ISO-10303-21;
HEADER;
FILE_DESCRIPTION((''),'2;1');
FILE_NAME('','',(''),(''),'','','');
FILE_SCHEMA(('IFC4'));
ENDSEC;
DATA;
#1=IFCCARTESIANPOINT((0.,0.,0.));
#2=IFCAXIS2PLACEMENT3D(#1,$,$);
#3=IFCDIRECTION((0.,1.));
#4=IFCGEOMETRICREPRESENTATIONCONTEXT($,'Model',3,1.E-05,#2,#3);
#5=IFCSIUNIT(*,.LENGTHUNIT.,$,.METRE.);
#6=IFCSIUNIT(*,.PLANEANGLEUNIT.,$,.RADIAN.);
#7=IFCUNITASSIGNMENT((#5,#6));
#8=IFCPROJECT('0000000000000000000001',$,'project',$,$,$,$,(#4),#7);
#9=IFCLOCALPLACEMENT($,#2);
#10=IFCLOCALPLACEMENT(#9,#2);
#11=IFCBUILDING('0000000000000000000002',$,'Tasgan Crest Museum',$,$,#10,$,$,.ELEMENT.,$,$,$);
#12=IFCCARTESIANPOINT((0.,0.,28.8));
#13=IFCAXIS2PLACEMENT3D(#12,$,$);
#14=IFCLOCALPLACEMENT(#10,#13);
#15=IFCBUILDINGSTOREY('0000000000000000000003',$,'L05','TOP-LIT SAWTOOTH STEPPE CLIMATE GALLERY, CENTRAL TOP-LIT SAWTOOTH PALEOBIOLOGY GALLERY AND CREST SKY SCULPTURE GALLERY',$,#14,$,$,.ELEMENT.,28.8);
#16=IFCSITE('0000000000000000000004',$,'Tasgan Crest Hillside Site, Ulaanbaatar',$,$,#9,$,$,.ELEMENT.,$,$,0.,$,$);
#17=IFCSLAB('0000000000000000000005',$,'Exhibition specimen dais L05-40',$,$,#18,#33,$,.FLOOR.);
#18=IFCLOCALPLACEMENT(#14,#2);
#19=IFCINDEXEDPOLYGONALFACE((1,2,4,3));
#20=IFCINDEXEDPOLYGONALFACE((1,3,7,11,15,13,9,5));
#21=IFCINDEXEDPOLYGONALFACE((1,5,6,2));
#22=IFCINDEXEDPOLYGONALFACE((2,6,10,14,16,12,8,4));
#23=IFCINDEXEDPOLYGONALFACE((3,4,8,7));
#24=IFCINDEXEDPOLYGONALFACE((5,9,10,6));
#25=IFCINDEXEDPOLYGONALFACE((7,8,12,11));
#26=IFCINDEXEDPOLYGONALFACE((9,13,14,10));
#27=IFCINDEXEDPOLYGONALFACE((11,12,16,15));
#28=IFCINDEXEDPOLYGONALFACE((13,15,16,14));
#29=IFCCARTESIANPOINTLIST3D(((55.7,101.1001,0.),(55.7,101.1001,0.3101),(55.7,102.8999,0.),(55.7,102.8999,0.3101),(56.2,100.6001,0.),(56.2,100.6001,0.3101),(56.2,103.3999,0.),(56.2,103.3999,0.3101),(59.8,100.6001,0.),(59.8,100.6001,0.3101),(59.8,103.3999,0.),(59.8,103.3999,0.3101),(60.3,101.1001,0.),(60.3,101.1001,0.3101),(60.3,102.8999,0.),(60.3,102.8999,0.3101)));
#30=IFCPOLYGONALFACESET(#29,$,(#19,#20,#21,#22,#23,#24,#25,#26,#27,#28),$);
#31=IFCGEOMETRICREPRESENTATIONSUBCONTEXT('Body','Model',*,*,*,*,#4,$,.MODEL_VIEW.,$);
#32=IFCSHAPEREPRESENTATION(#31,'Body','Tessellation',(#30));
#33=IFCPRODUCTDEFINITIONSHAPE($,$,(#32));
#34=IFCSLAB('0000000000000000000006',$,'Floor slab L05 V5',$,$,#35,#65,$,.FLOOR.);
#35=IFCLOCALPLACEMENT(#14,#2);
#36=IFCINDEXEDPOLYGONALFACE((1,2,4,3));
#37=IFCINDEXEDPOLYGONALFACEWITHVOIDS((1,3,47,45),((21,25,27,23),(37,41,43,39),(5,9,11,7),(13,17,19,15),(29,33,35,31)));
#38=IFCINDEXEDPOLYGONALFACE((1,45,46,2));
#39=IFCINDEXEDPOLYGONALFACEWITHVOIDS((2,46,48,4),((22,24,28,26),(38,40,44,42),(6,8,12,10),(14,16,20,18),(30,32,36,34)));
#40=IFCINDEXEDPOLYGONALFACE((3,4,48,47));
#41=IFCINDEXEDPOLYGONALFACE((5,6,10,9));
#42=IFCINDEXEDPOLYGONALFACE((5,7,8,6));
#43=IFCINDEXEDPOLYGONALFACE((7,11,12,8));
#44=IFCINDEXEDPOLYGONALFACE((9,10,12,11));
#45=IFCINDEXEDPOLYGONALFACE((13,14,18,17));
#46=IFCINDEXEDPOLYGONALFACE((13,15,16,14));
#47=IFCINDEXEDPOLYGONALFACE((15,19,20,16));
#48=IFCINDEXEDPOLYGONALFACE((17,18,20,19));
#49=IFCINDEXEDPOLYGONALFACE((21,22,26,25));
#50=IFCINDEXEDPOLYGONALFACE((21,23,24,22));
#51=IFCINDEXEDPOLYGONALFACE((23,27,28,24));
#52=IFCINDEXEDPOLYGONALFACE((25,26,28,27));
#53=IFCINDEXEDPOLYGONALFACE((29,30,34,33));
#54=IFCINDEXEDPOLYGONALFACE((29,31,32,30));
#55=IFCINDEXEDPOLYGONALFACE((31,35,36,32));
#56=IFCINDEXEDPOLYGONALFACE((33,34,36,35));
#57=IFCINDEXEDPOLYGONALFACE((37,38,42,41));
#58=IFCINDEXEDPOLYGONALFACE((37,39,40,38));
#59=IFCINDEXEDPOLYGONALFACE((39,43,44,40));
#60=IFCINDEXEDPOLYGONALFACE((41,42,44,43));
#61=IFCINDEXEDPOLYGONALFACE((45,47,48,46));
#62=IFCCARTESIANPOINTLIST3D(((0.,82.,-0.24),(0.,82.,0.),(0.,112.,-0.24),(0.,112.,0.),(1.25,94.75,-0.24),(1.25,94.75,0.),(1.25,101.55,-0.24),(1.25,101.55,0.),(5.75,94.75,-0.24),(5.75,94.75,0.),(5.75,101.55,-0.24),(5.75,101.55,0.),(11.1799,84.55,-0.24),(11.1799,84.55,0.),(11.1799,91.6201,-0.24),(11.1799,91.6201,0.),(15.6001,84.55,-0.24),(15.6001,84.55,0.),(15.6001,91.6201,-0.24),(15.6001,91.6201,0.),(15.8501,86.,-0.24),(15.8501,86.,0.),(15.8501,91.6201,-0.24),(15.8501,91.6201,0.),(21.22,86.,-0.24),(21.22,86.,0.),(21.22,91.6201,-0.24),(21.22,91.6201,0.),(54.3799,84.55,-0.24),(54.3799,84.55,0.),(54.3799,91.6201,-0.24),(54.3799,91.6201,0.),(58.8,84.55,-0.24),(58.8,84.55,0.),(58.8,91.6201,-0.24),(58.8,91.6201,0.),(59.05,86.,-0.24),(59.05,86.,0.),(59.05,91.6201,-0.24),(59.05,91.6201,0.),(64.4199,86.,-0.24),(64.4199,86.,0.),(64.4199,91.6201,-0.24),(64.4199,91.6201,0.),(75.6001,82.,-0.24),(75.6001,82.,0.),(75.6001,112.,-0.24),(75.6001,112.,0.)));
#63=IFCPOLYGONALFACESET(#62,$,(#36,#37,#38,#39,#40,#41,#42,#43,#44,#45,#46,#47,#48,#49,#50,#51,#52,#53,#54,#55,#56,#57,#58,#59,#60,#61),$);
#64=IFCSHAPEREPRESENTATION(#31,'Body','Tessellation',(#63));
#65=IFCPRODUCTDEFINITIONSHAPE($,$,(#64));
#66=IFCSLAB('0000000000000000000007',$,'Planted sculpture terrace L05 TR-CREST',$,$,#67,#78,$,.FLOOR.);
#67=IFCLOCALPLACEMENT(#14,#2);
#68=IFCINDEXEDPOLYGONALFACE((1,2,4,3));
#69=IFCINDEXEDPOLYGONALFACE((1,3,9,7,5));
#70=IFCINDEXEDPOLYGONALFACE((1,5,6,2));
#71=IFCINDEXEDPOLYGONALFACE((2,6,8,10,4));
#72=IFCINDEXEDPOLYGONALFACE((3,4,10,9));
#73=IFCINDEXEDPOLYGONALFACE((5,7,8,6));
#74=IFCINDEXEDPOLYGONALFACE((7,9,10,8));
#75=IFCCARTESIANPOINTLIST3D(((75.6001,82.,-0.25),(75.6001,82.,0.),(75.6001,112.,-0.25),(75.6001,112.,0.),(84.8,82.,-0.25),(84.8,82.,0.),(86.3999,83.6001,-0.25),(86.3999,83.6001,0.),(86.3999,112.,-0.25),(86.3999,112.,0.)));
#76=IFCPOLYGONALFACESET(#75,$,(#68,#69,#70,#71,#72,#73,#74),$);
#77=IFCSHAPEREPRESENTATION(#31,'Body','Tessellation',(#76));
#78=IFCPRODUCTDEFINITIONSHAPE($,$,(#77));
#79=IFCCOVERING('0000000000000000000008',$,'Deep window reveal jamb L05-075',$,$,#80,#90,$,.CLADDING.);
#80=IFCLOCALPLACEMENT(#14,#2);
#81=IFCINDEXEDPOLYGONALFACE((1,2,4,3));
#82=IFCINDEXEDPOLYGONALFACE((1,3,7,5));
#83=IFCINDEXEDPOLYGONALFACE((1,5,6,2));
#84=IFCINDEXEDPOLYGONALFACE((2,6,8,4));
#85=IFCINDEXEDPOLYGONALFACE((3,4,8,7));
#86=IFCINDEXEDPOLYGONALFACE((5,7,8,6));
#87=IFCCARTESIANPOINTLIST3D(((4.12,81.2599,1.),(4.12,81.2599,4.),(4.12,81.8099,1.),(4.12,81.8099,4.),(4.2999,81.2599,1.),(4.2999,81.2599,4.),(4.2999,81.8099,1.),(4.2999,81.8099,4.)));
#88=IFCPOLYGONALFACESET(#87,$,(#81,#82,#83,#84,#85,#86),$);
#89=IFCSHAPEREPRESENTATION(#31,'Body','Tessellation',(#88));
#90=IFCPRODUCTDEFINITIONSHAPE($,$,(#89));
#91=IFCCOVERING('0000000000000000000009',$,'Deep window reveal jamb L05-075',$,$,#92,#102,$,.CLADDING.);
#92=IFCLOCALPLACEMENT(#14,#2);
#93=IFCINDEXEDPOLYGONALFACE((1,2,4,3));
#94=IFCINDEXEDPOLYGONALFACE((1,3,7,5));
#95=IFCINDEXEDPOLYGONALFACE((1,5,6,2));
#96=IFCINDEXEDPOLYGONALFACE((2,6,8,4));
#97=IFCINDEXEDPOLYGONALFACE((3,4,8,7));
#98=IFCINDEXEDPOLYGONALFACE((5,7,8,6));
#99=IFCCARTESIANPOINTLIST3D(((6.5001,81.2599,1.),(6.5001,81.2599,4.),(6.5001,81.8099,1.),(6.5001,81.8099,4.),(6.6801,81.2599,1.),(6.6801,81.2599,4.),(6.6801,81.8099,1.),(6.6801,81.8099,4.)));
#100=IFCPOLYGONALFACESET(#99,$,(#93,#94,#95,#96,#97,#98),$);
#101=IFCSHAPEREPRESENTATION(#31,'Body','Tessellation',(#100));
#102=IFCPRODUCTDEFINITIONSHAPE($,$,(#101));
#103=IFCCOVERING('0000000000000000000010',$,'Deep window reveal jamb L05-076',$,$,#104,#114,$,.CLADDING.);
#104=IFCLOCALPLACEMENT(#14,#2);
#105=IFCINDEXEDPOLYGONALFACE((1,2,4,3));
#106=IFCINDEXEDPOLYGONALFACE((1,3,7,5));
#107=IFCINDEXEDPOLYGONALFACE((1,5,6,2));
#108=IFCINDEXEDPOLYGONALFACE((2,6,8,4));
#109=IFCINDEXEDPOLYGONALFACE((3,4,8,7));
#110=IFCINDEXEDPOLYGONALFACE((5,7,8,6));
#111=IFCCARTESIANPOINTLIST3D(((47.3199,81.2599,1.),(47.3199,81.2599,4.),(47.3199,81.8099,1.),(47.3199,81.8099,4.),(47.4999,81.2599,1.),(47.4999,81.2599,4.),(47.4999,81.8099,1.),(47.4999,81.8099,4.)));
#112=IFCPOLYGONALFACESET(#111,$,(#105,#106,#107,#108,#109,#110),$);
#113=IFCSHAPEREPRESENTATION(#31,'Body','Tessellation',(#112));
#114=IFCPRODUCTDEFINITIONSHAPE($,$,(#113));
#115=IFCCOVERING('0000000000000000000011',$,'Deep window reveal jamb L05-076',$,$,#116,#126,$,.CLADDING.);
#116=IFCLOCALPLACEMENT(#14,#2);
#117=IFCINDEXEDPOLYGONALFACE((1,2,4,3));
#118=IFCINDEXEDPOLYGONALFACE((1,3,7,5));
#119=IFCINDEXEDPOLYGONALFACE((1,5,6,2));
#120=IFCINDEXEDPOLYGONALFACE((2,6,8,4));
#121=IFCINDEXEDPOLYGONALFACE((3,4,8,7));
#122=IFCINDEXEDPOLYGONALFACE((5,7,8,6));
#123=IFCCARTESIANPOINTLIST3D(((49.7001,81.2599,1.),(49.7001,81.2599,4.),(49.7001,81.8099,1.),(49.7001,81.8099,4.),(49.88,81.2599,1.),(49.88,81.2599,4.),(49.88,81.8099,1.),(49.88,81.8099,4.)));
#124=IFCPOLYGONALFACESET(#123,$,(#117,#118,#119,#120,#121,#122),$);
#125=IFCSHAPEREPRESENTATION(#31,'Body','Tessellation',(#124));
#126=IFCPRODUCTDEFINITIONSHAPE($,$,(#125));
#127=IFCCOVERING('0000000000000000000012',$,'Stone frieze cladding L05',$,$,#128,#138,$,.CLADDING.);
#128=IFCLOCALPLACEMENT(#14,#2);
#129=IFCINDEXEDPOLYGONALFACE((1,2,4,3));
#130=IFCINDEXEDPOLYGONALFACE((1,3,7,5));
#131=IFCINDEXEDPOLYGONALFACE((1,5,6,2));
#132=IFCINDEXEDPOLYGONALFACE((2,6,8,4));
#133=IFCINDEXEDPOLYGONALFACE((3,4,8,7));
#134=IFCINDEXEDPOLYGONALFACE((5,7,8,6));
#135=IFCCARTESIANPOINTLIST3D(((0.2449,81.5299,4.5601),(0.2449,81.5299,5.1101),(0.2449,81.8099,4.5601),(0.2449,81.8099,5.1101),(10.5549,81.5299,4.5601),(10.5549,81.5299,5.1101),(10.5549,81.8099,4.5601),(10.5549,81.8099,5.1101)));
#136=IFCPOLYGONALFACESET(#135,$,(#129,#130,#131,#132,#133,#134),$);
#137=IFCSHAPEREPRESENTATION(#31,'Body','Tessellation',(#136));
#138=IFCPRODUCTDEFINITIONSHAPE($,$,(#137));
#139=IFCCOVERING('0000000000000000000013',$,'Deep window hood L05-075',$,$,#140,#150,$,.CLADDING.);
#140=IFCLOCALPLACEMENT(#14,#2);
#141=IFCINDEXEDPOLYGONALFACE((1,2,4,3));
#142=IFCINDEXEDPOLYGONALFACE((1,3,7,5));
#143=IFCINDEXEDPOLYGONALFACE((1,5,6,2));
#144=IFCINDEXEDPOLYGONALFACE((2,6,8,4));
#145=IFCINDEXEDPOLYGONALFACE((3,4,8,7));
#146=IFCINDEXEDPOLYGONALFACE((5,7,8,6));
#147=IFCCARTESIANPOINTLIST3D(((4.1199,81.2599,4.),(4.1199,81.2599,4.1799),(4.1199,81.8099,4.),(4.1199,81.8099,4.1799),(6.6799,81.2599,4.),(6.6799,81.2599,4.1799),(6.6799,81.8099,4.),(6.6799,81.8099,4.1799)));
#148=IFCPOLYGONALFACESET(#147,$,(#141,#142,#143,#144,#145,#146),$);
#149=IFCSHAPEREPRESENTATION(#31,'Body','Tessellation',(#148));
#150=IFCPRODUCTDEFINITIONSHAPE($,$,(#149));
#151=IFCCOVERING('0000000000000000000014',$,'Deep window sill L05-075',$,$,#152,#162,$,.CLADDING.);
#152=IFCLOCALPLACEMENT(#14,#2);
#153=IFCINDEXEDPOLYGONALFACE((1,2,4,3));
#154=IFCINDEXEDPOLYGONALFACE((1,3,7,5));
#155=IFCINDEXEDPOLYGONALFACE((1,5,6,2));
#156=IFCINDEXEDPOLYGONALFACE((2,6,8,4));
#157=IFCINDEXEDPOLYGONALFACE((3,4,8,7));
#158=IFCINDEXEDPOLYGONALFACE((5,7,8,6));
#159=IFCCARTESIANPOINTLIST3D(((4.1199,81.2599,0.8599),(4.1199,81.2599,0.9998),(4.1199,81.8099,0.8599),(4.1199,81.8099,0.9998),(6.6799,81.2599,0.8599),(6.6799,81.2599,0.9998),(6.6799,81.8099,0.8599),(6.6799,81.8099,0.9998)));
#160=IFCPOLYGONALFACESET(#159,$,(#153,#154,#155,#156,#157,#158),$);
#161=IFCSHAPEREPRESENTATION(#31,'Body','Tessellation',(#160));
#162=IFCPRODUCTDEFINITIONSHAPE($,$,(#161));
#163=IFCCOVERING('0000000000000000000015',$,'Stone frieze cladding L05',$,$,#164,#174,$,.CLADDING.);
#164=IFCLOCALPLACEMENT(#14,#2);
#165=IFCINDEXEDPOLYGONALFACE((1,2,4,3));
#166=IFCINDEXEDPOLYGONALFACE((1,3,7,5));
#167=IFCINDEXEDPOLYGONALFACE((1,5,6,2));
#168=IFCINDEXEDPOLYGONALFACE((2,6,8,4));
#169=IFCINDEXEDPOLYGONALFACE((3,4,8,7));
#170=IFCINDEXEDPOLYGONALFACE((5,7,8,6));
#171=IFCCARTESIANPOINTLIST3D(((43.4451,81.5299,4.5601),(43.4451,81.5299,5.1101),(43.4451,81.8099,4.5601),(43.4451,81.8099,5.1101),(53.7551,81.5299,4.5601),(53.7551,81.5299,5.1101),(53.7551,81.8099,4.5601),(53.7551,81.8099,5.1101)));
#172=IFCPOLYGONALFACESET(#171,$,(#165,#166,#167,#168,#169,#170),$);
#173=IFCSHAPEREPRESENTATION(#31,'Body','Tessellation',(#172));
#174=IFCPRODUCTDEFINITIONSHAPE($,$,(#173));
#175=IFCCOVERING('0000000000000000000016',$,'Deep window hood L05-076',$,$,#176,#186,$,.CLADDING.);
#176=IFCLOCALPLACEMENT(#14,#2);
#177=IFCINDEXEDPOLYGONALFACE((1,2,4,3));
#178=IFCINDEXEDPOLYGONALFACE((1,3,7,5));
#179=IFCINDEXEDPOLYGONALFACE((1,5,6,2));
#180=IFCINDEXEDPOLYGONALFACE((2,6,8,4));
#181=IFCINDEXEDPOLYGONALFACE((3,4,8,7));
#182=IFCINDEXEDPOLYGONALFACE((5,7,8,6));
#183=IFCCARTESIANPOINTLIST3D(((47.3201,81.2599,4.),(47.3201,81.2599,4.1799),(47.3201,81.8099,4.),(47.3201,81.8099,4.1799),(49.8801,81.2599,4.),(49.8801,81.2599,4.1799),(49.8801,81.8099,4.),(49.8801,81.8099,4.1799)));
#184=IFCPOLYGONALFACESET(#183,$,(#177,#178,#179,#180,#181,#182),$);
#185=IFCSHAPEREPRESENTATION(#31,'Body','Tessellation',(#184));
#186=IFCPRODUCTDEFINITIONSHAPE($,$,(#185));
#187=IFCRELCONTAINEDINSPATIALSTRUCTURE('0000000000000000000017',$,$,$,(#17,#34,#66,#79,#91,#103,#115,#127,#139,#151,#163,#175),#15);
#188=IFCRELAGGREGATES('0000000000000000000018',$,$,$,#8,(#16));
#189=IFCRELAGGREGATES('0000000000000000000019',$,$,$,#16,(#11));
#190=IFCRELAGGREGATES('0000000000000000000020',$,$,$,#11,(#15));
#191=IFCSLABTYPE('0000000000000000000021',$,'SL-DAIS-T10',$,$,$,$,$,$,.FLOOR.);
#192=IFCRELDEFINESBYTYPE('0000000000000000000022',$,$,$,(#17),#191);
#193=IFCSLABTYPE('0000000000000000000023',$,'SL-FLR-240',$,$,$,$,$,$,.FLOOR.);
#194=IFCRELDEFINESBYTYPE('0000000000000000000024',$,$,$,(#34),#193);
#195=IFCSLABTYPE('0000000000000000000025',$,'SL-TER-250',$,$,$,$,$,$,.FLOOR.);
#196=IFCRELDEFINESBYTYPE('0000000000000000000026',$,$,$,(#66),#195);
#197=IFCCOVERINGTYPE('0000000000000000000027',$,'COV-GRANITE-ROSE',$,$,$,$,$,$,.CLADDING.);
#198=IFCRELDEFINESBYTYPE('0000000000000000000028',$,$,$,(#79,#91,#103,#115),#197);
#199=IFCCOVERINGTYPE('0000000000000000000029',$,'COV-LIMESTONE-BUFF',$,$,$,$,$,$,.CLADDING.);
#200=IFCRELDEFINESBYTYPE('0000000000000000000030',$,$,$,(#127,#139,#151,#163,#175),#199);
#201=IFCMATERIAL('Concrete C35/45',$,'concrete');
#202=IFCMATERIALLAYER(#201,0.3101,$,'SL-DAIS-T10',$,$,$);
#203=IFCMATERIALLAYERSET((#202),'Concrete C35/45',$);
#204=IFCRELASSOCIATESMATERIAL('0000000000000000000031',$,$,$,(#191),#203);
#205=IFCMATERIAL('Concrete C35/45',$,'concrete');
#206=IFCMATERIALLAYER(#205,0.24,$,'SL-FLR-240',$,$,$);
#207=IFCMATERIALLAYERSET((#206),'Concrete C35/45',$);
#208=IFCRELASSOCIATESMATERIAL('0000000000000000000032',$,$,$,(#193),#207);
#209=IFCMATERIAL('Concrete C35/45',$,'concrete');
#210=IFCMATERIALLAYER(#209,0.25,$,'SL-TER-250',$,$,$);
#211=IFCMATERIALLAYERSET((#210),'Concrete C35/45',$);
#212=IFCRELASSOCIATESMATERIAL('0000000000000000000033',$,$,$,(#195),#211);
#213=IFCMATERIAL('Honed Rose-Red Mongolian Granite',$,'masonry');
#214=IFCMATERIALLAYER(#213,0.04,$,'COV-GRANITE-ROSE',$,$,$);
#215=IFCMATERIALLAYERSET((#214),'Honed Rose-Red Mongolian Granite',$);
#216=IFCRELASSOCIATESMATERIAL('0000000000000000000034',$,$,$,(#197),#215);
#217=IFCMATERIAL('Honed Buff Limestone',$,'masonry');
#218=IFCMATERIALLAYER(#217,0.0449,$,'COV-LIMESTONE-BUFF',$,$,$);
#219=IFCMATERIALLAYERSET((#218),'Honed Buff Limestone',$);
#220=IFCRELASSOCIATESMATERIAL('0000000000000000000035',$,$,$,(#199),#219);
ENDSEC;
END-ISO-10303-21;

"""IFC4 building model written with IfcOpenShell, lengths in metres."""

from ifc_helpers import new_model, si_unit, direction, frame, origin, origin_2d, place, context, subcontext, project, spatial, polyline, rectangle, outline, extrude, material, layer, layer_set, type_object, element, save


model = new_model("IFC4")

# Units and contexts
model_context = context("Model", 3, precision=1e-05, world=origin(), true_north=direction((0.0, 1.0)))
body_context = subcontext(model_context, "Body", "Model", "MODEL_VIEW")
ifc_project = project(units=[si_unit("LENGTHUNIT", "METRE"), si_unit("PLANEANGLEUNIT", "RADIAN")], contexts=[model_context])

# Site, building, storey
site_placement = place(None, origin())
site = spatial("IfcSite", under=ifc_project, at=site_placement, Name="Tasgan Crest Hillside Site, Ulaanbaatar", CompositionType="ELEMENT", RefElevation=0.0)
building_placement = place(site_placement, origin())
building = spatial("IfcBuilding", under=site, at=building_placement, Name="Tasgan Crest Museum", CompositionType="ELEMENT")
storey_placement = place(building_placement, frame((0.0, 0.0, 28.8)))
storey = spatial("IfcBuildingStorey", under=building, at=storey_placement, Name="L05", Description="TOP-LIT SAWTOOTH STEPPE CLIMATE GALLERY, CENTRAL TOP-LIT SAWTOOTH PALEOBIOLOGY GALLERY AND CREST SKY SCULPTURE GALLERY", CompositionType="ELEMENT", Elevation=28.8)

# Slabs
ifc_material_1 = material(Name="Concrete C35/45", Category="concrete")
ifc_layer_1 = layer(ifc_material_1, 0.3101, Name="SL-DAIS-T10")
ifc_layer_set_1 = layer_set([ifc_layer_1], Name="Concrete C35/45")
slab_type_1 = type_object("IfcSlabType", Name="SL-DAIS-T10", PredefinedType="FLOOR", material=ifc_layer_set_1)
slab_1_placement = place(storey_placement, origin())
element("IfcSlab", 1, at=slab_1_placement, inside=storey, type_object=slab_type_1, Name="Exhibition specimen dais L05-40", PredefinedType="FLOOR", context=body_context, shape_type="SweptSolid", body=[
    extrude(outline(polyline([(56.2, 100.6001), (59.8, 100.6001), (60.3, 101.1001), (60.3, 102.8999), (59.8, 103.3999), (56.2, 103.3999), (55.7, 102.8999), (55.7, 101.1001), (56.2, 100.6001)])), origin(), (0.0, 0.0, 1.0), 0.3101),
])
ifc_material_2 = material(Name="Concrete C35/45", Category="concrete")
ifc_layer_2 = layer(ifc_material_2, 0.24, Name="SL-FLR-240")
ifc_layer_set_2 = layer_set([ifc_layer_2], Name="Concrete C35/45")
slab_type_2 = type_object("IfcSlabType", Name="SL-FLR-240", PredefinedType="FLOOR", material=ifc_layer_set_2)
slab_2_placement = place(storey_placement, frame((0.0, 0.0, -0.24)))
element("IfcSlab", 2, at=slab_2_placement, inside=storey, type_object=slab_type_2, Name="Floor slab L05 V5", PredefinedType="FLOOR", context=body_context, shape_type="SweptSolid", body=[
    extrude(outline(polyline([(0.0, 82.0), (75.6001, 82.0), (75.6001, 112.0), (0.0, 112.0), (0.0, 82.0)]), holes=[polyline([(11.1799, 84.55), (15.6001, 84.55), (15.6001, 91.6201), (11.1799, 91.6201), (11.1799, 84.55)]), polyline([(15.8501, 86.0), (21.22, 86.0), (21.22, 91.6201), (15.8501, 91.6201), (15.8501, 86.0)]), polyline([(54.3799, 84.55), (58.8, 84.55), (58.8, 91.6201), (54.3799, 91.6201), (54.3799, 84.55)]), polyline([(59.05, 86.0), (64.4199, 86.0), (64.4199, 91.6201), (59.05, 91.6201), (59.05, 86.0)]), polyline([(1.25, 94.75), (5.75, 94.75), (5.75, 101.55), (1.25, 101.55), (1.25, 94.75)])]), origin(), (0.0, 0.0, 1.0), 0.24),
])
ifc_material_3 = material(Name="Concrete C35/45", Category="concrete")
ifc_layer_3 = layer(ifc_material_3, 0.25, Name="SL-TER-250")
ifc_layer_set_3 = layer_set([ifc_layer_3], Name="Concrete C35/45")
slab_type_3 = type_object("IfcSlabType", Name="SL-TER-250", PredefinedType="FLOOR", material=ifc_layer_set_3)
slab_3_placement = place(storey_placement, frame((0.0, 0.0, -0.25)))
element("IfcSlab", 3, at=slab_3_placement, inside=storey, type_object=slab_type_3, Name="Planted sculpture terrace L05 TR-CREST", PredefinedType="FLOOR", context=body_context, shape_type="SweptSolid", body=[
    extrude(outline(polyline([(75.6001, 82.0), (84.8, 82.0), (86.3999, 83.6001), (86.3999, 112.0), (75.6001, 112.0), (75.6001, 82.0)])), origin(), (0.0, 0.0, 1.0), 0.25),
])

# Coverings
ifc_material_4 = material(Name="Honed Rose-Red Mongolian Granite", Category="masonry")
ifc_layer_4 = layer(ifc_material_4, 0.04, Name="COV-GRANITE-ROSE")
ifc_layer_set_4 = layer_set([ifc_layer_4], Name="Honed Rose-Red Mongolian Granite")
covering_type_1 = type_object("IfcCoveringType", Name="COV-GRANITE-ROSE", PredefinedType="CLADDING", material=ifc_layer_set_4)
for number, where, z_axis, x_axis, name in (
    (4, (4.21, 81.5349, 1.0), (0.0, 0.0, 1.0), (1.0, 0.0, 0.0), "Deep window reveal jamb L05-075"),
    (5, (6.5901, 81.5349, 1.0), (0.0, 0.0, 1.0), (1.0, 0.0, 0.0), "Deep window reveal jamb L05-075"),
    (6, (47.4099, 81.5349, 1.0), (0.0, 0.0, 1.0), (1.0, 0.0, 0.0), "Deep window reveal jamb L05-076"),
    (7, (49.79, 81.5349, 1.0), (0.0, 0.0, 1.0), (1.0, 0.0, 0.0), "Deep window reveal jamb L05-076"),
):
    element("IfcCovering", number, at=place(storey_placement, frame(where, z_axis=z_axis, x_axis=x_axis)), inside=storey, type_object=covering_type_1, Name=name, PredefinedType="CLADDING", context=body_context, shape_type="SweptSolid", body=[
        extrude(rectangle(XDim=0.1799, YDim=0.55, at=origin_2d()), origin(), (0.0, 0.0, 1.0), 3.0),
    ])
ifc_material_5 = material(Name="Honed Buff Limestone", Category="masonry")
ifc_layer_5 = layer(ifc_material_5, 0.0449, Name="COV-LIMESTONE-BUFF")
ifc_layer_set_5 = layer_set([ifc_layer_5], Name="Honed Buff Limestone")
covering_type_2 = type_object("IfcCoveringType", Name="COV-LIMESTONE-BUFF", PredefinedType="CLADDING", material=ifc_layer_set_5)
covering_1_placement = place(storey_placement, frame((5.3999, 81.6699, 4.5601), z_axis=(0.0, 0.0, 1.0), x_axis=(1.0, 0.0, 0.0)))
element("IfcCovering", 8, at=covering_1_placement, inside=storey, type_object=covering_type_2, Name="Stone frieze cladding L05", PredefinedType="CLADDING", context=body_context, shape_type="SweptSolid", body=[
    extrude(rectangle(XDim=10.3101, YDim=0.28, at=origin_2d()), origin(), (0.0, 0.0, 1.0), 0.55),
])
covering_2_placement = place(storey_placement, frame((5.3999, 81.5349, 4.0), z_axis=(0.0, 0.0, 1.0), x_axis=(1.0, 0.0, 0.0)))
element("IfcCovering", 9, at=covering_2_placement, inside=storey, type_object=covering_type_2, Name="Deep window hood L05-075", PredefinedType="CLADDING", context=body_context, shape_type="SweptSolid", body=[
    extrude(rectangle(XDim=2.5601, YDim=0.55, at=origin_2d()), origin(), (0.0, 0.0, 1.0), 0.1799),
])
covering_3_placement = place(storey_placement, frame((5.3999, 81.5349, 0.8599), z_axis=(0.0, 0.0, 1.0), x_axis=(1.0, 0.0, 0.0)))
element("IfcCovering", 10, at=covering_3_placement, inside=storey, type_object=covering_type_2, Name="Deep window sill L05-075", PredefinedType="CLADDING", context=body_context, shape_type="SweptSolid", body=[
    extrude(rectangle(XDim=2.5601, YDim=0.55, at=origin_2d()), origin(), (0.0, 0.0, 1.0), 0.1399),
])
covering_4_placement = place(storey_placement, frame((48.6001, 81.6699, 4.5601), z_axis=(0.0, 0.0, 1.0), x_axis=(1.0, 0.0, 0.0)))
element("IfcCovering", 11, at=covering_4_placement, inside=storey, type_object=covering_type_2, Name="Stone frieze cladding L05", PredefinedType="CLADDING", context=body_context, shape_type="SweptSolid", body=[
    extrude(rectangle(XDim=10.3101, YDim=0.28, at=origin_2d()), origin(), (0.0, 0.0, 1.0), 0.55),
])
covering_5_placement = place(storey_placement, frame((48.6001, 81.5349, 4.0), z_axis=(0.0, 0.0, 1.0), x_axis=(1.0, 0.0, 0.0)))
element("IfcCovering", 12, at=covering_5_placement, inside=storey, type_object=covering_type_2, Name="Deep window hood L05-076", PredefinedType="CLADDING", context=body_context, shape_type="SweptSolid", body=[
    extrude(rectangle(XDim=2.5601, YDim=0.55, at=origin_2d()), origin(), (0.0, 0.0, 1.0), 0.1799),
])

save(model, "model.ifc")
